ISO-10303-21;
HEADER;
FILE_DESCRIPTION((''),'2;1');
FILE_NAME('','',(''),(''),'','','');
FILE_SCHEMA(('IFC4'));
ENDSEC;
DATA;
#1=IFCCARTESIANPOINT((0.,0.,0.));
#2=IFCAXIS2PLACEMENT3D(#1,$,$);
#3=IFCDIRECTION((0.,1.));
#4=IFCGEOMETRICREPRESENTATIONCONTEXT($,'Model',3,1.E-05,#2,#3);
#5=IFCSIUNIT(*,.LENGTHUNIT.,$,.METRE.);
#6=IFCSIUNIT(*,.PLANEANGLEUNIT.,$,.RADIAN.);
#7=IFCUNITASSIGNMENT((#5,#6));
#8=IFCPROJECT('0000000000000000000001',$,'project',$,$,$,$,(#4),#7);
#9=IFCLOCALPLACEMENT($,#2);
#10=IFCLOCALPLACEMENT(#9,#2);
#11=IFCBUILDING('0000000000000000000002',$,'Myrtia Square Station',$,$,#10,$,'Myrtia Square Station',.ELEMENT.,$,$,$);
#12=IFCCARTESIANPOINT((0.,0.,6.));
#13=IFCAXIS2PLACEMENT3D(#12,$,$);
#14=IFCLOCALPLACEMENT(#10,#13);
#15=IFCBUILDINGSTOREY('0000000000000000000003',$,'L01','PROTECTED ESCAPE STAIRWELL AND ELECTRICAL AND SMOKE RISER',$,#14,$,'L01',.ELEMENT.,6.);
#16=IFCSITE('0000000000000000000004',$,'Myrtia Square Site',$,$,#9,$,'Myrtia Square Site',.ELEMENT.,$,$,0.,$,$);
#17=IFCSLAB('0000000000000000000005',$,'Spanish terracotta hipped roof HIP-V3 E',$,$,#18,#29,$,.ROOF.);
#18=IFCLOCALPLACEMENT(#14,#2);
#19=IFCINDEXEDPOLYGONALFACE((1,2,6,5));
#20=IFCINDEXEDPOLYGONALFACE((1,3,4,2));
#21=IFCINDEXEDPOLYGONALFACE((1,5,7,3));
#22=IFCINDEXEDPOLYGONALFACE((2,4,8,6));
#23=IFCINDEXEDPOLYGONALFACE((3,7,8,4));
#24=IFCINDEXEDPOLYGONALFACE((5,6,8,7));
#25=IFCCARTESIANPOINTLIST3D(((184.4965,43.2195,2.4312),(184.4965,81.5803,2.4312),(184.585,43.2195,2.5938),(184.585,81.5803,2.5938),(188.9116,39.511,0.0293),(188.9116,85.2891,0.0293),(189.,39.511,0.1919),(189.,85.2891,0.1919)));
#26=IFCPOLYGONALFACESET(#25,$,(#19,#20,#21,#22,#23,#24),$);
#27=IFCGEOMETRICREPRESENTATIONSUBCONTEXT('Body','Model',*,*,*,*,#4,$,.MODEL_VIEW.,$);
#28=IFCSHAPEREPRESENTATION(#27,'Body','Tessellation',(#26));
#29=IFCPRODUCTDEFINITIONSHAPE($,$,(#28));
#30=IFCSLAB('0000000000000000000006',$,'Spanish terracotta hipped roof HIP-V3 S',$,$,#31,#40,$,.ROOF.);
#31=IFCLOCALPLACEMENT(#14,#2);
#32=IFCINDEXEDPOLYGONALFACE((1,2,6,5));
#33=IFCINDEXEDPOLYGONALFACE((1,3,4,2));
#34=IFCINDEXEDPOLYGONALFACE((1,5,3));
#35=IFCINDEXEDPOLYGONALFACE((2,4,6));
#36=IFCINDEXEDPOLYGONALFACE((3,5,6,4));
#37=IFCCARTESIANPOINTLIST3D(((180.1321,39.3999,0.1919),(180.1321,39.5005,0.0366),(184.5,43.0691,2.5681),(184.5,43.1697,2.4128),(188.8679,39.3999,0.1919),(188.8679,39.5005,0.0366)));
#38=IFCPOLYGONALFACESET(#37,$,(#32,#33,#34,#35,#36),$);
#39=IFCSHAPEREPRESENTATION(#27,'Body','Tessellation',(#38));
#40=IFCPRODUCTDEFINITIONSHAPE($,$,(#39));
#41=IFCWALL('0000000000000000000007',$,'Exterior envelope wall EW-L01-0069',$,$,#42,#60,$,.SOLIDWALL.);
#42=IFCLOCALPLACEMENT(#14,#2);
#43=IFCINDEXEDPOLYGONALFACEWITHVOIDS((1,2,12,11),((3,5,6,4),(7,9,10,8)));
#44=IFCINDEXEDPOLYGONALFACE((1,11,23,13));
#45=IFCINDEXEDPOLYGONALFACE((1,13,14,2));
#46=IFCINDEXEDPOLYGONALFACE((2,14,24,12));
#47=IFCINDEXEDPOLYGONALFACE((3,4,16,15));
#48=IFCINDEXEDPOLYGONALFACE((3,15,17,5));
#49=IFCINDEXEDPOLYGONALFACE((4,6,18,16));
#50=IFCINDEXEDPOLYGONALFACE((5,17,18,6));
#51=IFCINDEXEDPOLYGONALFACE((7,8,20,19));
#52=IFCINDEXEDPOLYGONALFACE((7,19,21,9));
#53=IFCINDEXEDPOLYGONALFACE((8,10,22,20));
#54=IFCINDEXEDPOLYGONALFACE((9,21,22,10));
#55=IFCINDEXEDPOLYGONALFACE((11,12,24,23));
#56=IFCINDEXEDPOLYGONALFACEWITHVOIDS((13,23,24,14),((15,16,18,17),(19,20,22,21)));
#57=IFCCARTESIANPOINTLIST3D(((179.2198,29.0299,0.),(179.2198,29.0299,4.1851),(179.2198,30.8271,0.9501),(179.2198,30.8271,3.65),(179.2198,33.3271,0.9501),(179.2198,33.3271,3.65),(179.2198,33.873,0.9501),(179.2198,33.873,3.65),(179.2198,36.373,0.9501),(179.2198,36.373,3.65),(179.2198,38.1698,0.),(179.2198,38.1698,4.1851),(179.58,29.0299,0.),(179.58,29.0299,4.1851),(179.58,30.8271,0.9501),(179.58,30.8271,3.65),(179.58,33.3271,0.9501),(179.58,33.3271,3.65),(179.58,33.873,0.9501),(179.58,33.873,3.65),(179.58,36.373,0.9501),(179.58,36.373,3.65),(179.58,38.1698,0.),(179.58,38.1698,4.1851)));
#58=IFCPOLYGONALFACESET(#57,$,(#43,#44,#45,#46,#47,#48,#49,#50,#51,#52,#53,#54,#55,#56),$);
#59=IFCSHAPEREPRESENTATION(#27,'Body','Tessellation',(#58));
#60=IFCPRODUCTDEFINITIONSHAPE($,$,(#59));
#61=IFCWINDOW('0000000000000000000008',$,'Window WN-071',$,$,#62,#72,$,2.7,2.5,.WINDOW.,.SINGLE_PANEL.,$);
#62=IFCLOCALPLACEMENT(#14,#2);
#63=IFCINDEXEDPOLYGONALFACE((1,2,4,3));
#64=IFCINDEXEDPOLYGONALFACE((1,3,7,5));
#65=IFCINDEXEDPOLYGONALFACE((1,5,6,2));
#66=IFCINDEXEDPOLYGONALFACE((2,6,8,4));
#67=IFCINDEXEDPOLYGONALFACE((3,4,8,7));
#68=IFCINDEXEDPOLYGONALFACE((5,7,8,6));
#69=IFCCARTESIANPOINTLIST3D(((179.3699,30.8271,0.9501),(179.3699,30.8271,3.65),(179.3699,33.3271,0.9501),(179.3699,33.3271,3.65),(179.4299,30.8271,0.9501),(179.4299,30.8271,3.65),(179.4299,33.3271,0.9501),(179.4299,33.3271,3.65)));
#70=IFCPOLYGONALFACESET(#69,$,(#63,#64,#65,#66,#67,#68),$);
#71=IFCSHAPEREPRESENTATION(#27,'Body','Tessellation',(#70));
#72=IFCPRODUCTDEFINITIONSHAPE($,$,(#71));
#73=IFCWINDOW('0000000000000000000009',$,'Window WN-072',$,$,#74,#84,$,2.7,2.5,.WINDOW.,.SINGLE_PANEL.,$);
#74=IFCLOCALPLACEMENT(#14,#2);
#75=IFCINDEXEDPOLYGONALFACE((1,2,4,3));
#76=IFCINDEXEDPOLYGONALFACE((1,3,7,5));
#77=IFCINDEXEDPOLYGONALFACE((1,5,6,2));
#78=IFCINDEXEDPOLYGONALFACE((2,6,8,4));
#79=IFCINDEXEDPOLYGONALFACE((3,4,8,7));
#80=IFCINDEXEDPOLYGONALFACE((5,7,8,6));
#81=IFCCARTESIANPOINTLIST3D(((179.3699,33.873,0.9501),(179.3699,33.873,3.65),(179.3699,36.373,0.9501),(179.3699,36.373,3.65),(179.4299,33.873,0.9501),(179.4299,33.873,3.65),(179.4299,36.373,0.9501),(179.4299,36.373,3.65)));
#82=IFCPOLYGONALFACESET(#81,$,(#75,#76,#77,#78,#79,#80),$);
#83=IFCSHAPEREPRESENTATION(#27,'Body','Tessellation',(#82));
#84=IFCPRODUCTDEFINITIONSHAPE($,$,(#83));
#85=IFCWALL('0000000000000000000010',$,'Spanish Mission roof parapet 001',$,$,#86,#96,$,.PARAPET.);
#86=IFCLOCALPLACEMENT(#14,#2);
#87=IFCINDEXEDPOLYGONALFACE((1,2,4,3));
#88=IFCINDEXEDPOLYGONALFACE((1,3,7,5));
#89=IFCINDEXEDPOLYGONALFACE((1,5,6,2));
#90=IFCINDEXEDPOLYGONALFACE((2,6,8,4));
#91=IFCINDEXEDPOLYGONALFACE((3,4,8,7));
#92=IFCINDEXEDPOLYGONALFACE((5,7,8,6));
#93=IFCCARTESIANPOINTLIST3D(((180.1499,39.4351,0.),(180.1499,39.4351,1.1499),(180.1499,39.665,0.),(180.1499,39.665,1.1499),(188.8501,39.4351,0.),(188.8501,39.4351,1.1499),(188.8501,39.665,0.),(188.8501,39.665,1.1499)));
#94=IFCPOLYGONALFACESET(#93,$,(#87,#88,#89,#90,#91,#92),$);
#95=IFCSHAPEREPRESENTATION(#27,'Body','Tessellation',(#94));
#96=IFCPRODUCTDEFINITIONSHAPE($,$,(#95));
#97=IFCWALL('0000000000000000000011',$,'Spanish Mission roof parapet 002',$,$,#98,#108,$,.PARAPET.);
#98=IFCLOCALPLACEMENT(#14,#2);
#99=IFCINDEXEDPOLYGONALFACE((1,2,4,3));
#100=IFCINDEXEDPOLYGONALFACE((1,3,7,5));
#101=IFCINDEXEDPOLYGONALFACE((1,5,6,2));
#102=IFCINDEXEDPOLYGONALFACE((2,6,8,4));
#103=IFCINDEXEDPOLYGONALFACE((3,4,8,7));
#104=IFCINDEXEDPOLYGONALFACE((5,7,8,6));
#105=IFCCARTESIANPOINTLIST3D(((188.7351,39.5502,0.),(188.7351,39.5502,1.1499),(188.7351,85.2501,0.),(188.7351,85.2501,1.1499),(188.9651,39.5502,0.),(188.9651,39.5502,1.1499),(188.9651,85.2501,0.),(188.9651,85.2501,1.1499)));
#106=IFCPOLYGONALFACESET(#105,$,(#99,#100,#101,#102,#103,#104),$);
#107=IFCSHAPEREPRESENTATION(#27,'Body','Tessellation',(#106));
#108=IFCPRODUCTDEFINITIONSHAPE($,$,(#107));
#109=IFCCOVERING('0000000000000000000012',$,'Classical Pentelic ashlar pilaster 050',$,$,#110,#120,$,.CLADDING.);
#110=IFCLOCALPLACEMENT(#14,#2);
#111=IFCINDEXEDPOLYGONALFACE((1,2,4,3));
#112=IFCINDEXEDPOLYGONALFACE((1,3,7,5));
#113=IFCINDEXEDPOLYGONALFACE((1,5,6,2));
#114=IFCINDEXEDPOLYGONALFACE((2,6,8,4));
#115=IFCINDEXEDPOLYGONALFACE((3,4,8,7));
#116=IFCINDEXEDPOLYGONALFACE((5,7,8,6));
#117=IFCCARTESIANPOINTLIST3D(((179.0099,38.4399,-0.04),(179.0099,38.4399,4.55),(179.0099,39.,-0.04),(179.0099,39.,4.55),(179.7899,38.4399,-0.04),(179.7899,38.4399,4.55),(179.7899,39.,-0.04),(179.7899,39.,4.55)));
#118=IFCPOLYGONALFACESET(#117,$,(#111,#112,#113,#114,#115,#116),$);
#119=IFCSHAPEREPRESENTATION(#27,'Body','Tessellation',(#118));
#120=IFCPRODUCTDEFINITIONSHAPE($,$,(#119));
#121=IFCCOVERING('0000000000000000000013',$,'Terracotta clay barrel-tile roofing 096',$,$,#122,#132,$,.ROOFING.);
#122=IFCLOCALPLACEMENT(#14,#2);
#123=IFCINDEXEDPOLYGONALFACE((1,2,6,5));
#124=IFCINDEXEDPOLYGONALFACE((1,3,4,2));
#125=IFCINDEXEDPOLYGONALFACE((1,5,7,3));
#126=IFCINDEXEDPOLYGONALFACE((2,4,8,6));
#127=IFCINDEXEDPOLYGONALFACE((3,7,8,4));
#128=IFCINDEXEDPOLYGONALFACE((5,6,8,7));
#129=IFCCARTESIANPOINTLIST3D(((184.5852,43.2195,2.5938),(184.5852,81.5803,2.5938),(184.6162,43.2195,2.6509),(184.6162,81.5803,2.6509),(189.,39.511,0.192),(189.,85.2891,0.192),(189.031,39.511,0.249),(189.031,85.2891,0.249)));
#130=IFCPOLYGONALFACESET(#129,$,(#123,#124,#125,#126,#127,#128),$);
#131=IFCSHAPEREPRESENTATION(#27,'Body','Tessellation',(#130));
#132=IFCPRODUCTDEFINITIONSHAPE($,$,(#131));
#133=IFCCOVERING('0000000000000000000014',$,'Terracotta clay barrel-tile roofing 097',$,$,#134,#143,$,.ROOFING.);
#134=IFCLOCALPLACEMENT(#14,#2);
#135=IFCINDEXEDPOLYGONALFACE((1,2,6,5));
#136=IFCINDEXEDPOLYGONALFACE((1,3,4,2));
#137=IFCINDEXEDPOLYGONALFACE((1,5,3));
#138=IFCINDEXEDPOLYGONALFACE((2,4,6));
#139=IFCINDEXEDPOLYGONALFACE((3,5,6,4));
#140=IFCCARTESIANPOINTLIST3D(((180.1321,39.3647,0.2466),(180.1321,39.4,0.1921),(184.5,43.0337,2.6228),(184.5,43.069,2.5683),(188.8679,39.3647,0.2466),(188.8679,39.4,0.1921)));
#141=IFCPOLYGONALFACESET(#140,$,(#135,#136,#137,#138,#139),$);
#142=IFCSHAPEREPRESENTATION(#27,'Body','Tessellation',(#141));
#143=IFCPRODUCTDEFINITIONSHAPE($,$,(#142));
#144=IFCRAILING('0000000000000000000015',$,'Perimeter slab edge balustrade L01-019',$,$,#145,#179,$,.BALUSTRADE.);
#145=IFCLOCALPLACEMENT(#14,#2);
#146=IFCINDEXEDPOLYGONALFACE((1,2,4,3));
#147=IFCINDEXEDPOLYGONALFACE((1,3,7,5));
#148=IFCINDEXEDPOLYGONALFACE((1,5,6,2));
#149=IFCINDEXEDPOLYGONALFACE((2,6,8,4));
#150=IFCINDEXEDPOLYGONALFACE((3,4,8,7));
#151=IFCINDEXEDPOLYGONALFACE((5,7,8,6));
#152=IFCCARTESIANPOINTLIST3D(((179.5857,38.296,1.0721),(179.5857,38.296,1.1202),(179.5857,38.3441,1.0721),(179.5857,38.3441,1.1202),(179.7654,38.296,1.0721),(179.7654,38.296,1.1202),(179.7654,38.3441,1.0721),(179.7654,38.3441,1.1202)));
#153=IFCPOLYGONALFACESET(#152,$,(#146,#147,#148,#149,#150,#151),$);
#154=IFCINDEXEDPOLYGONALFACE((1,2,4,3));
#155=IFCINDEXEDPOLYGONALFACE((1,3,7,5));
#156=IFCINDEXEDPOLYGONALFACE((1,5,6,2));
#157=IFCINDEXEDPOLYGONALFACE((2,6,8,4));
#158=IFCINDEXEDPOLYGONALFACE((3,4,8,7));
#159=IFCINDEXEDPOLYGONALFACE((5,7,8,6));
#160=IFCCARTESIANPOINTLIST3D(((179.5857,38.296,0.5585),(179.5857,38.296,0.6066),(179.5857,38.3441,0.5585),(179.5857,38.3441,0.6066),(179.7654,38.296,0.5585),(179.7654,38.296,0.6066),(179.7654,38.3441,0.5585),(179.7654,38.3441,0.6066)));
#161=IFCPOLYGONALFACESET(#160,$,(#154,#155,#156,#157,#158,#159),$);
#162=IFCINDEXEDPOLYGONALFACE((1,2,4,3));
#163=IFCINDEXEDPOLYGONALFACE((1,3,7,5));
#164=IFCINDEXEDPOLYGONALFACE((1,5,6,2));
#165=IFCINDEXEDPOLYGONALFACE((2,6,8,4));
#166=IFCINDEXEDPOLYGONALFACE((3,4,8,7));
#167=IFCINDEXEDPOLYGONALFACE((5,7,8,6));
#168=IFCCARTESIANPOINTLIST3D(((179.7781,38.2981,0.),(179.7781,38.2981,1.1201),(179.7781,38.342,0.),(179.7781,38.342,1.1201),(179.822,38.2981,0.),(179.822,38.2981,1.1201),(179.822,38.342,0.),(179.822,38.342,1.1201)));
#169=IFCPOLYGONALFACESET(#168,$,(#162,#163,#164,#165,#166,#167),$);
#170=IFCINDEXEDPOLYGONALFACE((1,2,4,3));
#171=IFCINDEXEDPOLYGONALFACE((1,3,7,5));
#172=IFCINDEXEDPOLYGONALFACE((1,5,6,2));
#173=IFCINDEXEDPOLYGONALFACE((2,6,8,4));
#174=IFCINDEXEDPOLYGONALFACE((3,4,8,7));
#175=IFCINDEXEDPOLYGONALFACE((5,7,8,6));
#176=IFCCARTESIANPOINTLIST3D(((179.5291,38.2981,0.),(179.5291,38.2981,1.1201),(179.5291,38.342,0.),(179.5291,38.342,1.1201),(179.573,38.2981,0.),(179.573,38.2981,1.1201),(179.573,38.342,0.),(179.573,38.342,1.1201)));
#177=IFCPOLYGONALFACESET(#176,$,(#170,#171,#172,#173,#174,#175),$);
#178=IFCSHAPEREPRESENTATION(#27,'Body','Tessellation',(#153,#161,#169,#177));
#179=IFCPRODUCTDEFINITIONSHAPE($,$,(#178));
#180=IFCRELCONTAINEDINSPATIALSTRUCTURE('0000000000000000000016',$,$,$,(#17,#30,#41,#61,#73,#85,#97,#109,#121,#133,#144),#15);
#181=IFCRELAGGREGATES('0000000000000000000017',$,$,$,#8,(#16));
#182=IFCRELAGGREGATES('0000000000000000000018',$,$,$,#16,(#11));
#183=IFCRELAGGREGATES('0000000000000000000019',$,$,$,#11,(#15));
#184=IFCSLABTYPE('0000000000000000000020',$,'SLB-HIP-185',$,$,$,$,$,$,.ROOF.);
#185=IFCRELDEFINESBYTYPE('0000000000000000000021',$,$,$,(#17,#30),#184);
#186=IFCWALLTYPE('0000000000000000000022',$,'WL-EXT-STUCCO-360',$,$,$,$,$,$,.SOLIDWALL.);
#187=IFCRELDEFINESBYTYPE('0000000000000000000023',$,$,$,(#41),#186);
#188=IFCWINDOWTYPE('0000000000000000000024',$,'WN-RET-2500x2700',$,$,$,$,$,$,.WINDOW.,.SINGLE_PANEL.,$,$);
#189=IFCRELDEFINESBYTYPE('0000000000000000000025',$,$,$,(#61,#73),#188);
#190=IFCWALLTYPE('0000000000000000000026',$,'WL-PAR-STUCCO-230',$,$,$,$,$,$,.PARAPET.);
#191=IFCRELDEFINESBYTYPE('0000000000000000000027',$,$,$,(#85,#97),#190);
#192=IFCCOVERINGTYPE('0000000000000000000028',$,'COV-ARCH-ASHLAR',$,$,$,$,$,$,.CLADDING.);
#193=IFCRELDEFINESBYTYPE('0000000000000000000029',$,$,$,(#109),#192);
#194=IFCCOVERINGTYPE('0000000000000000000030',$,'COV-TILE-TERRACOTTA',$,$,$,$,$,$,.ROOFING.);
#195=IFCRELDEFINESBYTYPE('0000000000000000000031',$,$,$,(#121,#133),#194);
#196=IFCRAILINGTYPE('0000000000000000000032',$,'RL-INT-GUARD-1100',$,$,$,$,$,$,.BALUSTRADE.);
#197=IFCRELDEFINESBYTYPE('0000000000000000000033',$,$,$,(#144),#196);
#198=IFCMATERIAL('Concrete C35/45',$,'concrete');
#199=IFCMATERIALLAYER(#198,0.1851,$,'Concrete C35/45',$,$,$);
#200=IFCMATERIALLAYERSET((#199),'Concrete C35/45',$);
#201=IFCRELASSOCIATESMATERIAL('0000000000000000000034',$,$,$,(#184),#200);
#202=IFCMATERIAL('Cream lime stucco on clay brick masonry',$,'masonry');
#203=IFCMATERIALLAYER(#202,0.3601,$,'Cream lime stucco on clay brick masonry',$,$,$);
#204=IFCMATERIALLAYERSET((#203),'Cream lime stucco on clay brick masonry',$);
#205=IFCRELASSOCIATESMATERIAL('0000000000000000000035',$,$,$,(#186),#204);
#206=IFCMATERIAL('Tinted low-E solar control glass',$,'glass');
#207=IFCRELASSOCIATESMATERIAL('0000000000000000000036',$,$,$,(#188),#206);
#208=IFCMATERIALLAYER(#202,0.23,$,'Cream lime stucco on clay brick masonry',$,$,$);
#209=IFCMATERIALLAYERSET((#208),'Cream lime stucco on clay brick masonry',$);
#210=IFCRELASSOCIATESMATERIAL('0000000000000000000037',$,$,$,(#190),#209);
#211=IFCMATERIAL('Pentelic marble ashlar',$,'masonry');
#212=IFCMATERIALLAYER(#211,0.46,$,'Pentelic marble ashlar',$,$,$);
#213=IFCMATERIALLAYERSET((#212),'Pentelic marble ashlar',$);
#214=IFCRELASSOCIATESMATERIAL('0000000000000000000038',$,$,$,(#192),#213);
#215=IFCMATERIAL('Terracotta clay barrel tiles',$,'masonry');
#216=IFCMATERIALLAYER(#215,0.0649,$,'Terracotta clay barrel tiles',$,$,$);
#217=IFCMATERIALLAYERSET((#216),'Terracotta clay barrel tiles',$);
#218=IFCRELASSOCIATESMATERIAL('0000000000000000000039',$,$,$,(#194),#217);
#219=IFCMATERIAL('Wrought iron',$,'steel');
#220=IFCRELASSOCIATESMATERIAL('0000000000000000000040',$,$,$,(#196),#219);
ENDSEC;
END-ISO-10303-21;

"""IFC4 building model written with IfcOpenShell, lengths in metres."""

from ifc_helpers import new_model, si_unit, direction, frame, frame_2d, origin, origin_2d, place, context, subcontext, project, spatial, polyline, rectangle, outline, extrude, material, layer, layer_set, type_object, element, fill, save


model = new_model("IFC4")

# Units and contexts
model_context = context("Model", 3, precision=1e-05, world=origin(), true_north=direction((0.0, 1.0)))
body_context = subcontext(model_context, "Body", "Model", "MODEL_VIEW")
ifc_project = project(units=[si_unit("LENGTHUNIT", "METRE"), si_unit("PLANEANGLEUNIT", "RADIAN")], contexts=[model_context])

# Site, building, storey
site_placement = place(None, origin())
site = spatial("IfcSite", under=ifc_project, at=site_placement, Name="Myrtia Square Site", LongName="Myrtia Square Site", CompositionType="ELEMENT", RefElevation=0.0)
building_placement = place(site_placement, origin())
building = spatial("IfcBuilding", under=site, at=building_placement, Name="Myrtia Square Station", LongName="Myrtia Square Station", CompositionType="ELEMENT")
storey_placement = place(building_placement, frame((0.0, 0.0, 6.0)))
storey = spatial("IfcBuildingStorey", under=building, at=storey_placement, Name="L01", Description="PROTECTED ESCAPE STAIRWELL AND ELECTRICAL AND SMOKE RISER", LongName="L01", CompositionType="ELEMENT", Elevation=6.0)

# Shared definitions
ifc_material_1 = material(Name="Tinted low-E solar control glass", Category="glass")

# Slabs
ifc_material_2 = material(Name="Concrete C35/45", Category="concrete")
ifc_layer_1 = layer(ifc_material_2, 0.1851, Name="Concrete C35/45")
ifc_layer_set_1 = layer_set([ifc_layer_1], Name="Concrete C35/45")
slab_type = type_object("IfcSlabType", Name="SLB-HIP-185", PredefinedType="ROOF", material=ifc_layer_set_1)
slab_1_placement = place(storey_placement, frame((189.0, 39.511, 0.1919), z_axis=(0.477878, 0.0, 0.878426), x_axis=(0.0, 1.0, 0.0)))
element("IfcSlab", 1, at=slab_1_placement, inside=storey, type_object=slab_type, Name="Spanish terracotta hipped roof HIP-V3 E", PredefinedType="ROOF", context=body_context, shape_type="SweptSolid", body=[
    extrude(outline(polyline([(0.0, 0.0), (45.7781, 0.0), (42.0693, 5.0261), (3.7085, 5.0261), (0.0, 0.0)])), origin(), (0.0, 0.0, -1.0), 0.1851),
])
slab_2_placement = place(storey_placement, frame((180.1321, 39.3999, 0.1919), z_axis=(0.0, -0.54358, 0.839357), x_axis=(1.0, 0.0, 0.0)))
element("IfcSlab", 2, at=slab_2_placement, inside=storey, type_object=slab_type, Name="Spanish terracotta hipped roof HIP-V3 S", PredefinedType="ROOF", context=body_context, shape_type="SweptSolid", body=[
    extrude(outline(polyline([(0.0, 0.0), (8.7358, 0.0), (4.3679, 4.3714), (0.0, 0.0)])), origin(), (0.0, 0.0, -1.0), 0.1851),
])

# Wall, openings, windows
ifc_material_3 = material(Name="Cream lime stucco on clay brick masonry", Category="masonry")
ifc_layer_2 = layer(ifc_material_3, 0.3601, Name="Cream lime stucco on clay brick masonry")
ifc_layer_set_2 = layer_set([ifc_layer_2], Name="Cream lime stucco on clay brick masonry")
wall_type_1 = type_object("IfcWallType", Name="WL-EXT-STUCCO-360", PredefinedType="SOLIDWALL", material=ifc_layer_set_2)
wall_1_placement = place(storey_placement, frame((179.3999, 29.03, 0.0), z_axis=(0.0, 0.0, 1.0), x_axis=(0.0, 1.0, 0.0)))
wall_1 = element("IfcWall", 3, at=wall_1_placement, inside=storey, type_object=wall_type_1, Name="Exterior envelope wall EW-L01-0069", PredefinedType="SOLIDWALL", context=body_context, shape_type="SweptSolid", body=[
    extrude(rectangle(XDim=9.1399, YDim=0.3601, at=frame_2d((4.5698, 0.0))), origin(), (0.0, 0.0, 1.0), 4.1851),
])
opening_1_placement = place(wall_1_placement, frame((1.7971, 0.0, 0.95)))
opening_1 = element("IfcOpeningElement", 4, at=opening_1_placement, cuts=wall_1, PredefinedType="OPENING", context=body_context, shape_type="SweptSolid", body=[
    extrude(rectangle(XDim=2.5, YDim=2.7, at=frame_2d((1.25, 1.3501))), frame((0.0, 0.1951, 0.0), z_axis=(0.0, -1.0, 0.0), x_axis=(1.0, 0.0, 0.0)), (0.0, 0.0, 1.0), 0.3901),
])
opening_2_placement = place(wall_1_placement, frame((4.843, 0.0, 0.95)))
opening_2 = element("IfcOpeningElement", 5, at=opening_2_placement, cuts=wall_1, PredefinedType="OPENING", context=body_context, shape_type="SweptSolid", body=[
    extrude(rectangle(XDim=2.5, YDim=2.7, at=frame_2d((1.25, 1.3501))), frame((0.0, 0.1951, 0.0), z_axis=(0.0, -1.0, 0.0), x_axis=(1.0, 0.0, 0.0)), (0.0, 0.0, 1.0), 0.3901),
])
window_type = type_object("IfcWindowType", Name="WN-RET-2500x2700", PartitioningType="SINGLE_PANEL", PredefinedType="WINDOW", material=ifc_material_1)
window_1_placement = place(opening_1_placement, origin())
window_1 = element("IfcWindow", 6, at=window_1_placement, inside=storey, type_object=window_type, Name="Window WN-071", OverallHeight=2.7, OverallWidth=2.5, PartitioningType="SINGLE_PANEL", PredefinedType="WINDOW", context=body_context, shape_type="SweptSolid", body=[
    extrude(rectangle(XDim=2.5, YDim=2.7, at=frame_2d((1.25, 1.3501))), frame((0.0, 0.03, 0.0), z_axis=(0.0, -1.0, 0.0), x_axis=(1.0, 0.0, 0.0)), (0.0, 0.0, 1.0), 0.0601),
])
fill(opening_1, window_1)
window_2_placement = place(opening_2_placement, origin())
window_2 = element("IfcWindow", 7, at=window_2_placement, inside=storey, type_object=window_type, Name="Window WN-072", OverallHeight=2.7, OverallWidth=2.5, PartitioningType="SINGLE_PANEL", PredefinedType="WINDOW", context=body_context, shape_type="SweptSolid", body=[
    extrude(rectangle(XDim=2.5, YDim=2.7, at=frame_2d((1.25, 1.3501))), frame((0.0, 0.03, 0.0), z_axis=(0.0, -1.0, 0.0), x_axis=(1.0, 0.0, 0.0)), (0.0, 0.0, 1.0), 0.0601),
])
fill(opening_2, window_2)

# Walls
ifc_layer_3 = layer(ifc_material_3, 0.23, Name="Cream lime stucco on clay brick masonry")
ifc_layer_set_3 = layer_set([ifc_layer_3], Name="Cream lime stucco on clay brick masonry")
wall_type_2 = type_object("IfcWallType", Name="WL-PAR-STUCCO-230", PredefinedType="PARAPET", material=ifc_layer_set_3)
wall_2_placement = place(storey_placement, frame((180.1499, 39.55, 0.0), z_axis=(0.0, 0.0, 1.0), x_axis=(1.0, 0.0, 0.0)))
element("IfcWall", 8, at=wall_2_placement, inside=storey, type_object=wall_type_2, Name="Spanish Mission roof parapet 001", PredefinedType="PARAPET", context=body_context, shape_type="SweptSolid", body=[
    extrude(rectangle(XDim=8.7002, YDim=0.23, at=frame_2d((4.3501, 0.0))), origin(), (0.0, 0.0, 1.0), 1.1499),
])
wall_3_placement = place(storey_placement, frame((188.8501, 39.55, 0.0), z_axis=(0.0, 0.0, 1.0), x_axis=(0.0, 1.0, 0.0)))
element("IfcWall", 9, at=wall_3_placement, inside=storey, type_object=wall_type_2, Name="Spanish Mission roof parapet 002", PredefinedType="PARAPET", context=body_context, shape_type="SweptSolid", body=[
    extrude(rectangle(XDim=45.7, YDim=0.23, at=frame_2d((22.8501, 0.0))), origin(), (0.0, 0.0, 1.0), 1.1499),
])

# Coverings
ifc_material_4 = material(Name="Pentelic marble ashlar", Category="masonry")
ifc_layer_4 = layer(ifc_material_4, 0.46, Name="Pentelic marble ashlar")
ifc_layer_set_4 = layer_set([ifc_layer_4], Name="Pentelic marble ashlar")
covering_type_1 = type_object("IfcCoveringType", Name="COV-ARCH-ASHLAR", PredefinedType="CLADDING", material=ifc_layer_set_4)
covering_1_placement = place(storey_placement, frame((179.3999, 38.72, -0.04), z_axis=(0.0, 0.0, 1.0), x_axis=(1.0, 0.0, 0.0)))
element("IfcCovering", 10, at=covering_1_placement, inside=storey, type_object=covering_type_1, Name="Classical Pentelic ashlar pilaster 050", PredefinedType="CLADDING", context=body_context, shape_type="SweptSolid", body=[
    extrude(rectangle(XDim=0.78, YDim=0.5601, at=origin_2d()), origin(), (0.0, 0.0, 1.0), 4.5901),
])
ifc_material_5 = material(Name="Terracotta clay barrel tiles", Category="masonry")
ifc_layer_5 = layer(ifc_material_5, 0.0649, Name="Terracotta clay barrel tiles")
ifc_layer_set_5 = layer_set([ifc_layer_5], Name="Terracotta clay barrel tiles")
covering_type_2 = type_object("IfcCoveringType", Name="COV-TILE-TERRACOTTA", PredefinedType="ROOFING", material=ifc_layer_set_5)
covering_2_placement = place(storey_placement, frame((189.031, 39.511, 0.249), z_axis=(0.477899, 0.0, 0.878415), x_axis=(0.0, 1.0, 0.0)))
element("IfcCovering", 11, at=covering_2_placement, inside=storey, type_object=covering_type_2, Name="Terracotta clay barrel-tile roofing 096", PredefinedType="ROOFING", context=body_context, shape_type="SweptSolid", body=[
    extrude(outline(polyline([(0.0, 0.0), (45.7781, 0.0), (42.0693, 5.0259), (3.7085, 5.0259), (0.0, 0.0)])), origin(), (0.0, 0.0, -1.0), 0.0649),
])
covering_3_placement = place(storey_placement, frame((180.1321, 39.3647, 0.2466), z_axis=(0.0, -0.543606, 0.839341), x_axis=(1.0, 0.0, 0.0)))
element("IfcCovering", 12, at=covering_3_placement, inside=storey, type_object=covering_type_2, Name="Terracotta clay barrel-tile roofing 097", PredefinedType="ROOFING", context=body_context, shape_type="SweptSolid", body=[
    extrude(outline(polyline([(0.0, 0.0), (8.7358, 0.0), (4.3679, 4.3712), (0.0, 0.0)])), origin(), (0.0, 0.0, -1.0), 0.0649),
])

# Railing
ifc_material_6 = material(Name="Wrought iron", Category="steel")
railing_type = type_object("IfcRailingType", Name="RL-INT-GUARD-1100", PredefinedType="BALUSTRADE", material=ifc_material_6)
railing_placement = place(storey_placement, frame((179.8, 38.3201, 0.0)))
element("IfcRailing", 13, at=railing_placement, inside=storey, type_object=railing_type, Name="Perimeter slab edge balustrade L01-019", PredefinedType="BALUSTRADE", context=body_context, shape_type="SweptSolid", body=[
    extrude(rectangle(XDim=0.0481, YDim=0.0481, at=origin_2d()), frame((-0.0347, 0.0, 1.0962), z_axis=(-1.0, 0.0, 0.0), x_axis=(0.0, -1.0, 0.0)), (0.0, 0.0, 1.0), 0.1797),
    extrude(rectangle(XDim=0.0481, YDim=0.0481, at=origin_2d()), frame((-0.0347, 0.0, 0.5825), z_axis=(-1.0, 0.0, 0.0), x_axis=(0.0, -1.0, 0.0)), (0.0, 0.0, 1.0), 0.1797),
    extrude(rectangle(XDim=0.0439, YDim=0.0439, at=origin_2d()), origin(), (0.0, 0.0, 1.0), 1.1201),
    extrude(rectangle(XDim=0.0439, YDim=0.0439, at=origin_2d()), frame((-0.249, 0.0, 0.0)), (0.0, 0.0, 1.0), 1.1201),
])

save(model, "model.ifc")
